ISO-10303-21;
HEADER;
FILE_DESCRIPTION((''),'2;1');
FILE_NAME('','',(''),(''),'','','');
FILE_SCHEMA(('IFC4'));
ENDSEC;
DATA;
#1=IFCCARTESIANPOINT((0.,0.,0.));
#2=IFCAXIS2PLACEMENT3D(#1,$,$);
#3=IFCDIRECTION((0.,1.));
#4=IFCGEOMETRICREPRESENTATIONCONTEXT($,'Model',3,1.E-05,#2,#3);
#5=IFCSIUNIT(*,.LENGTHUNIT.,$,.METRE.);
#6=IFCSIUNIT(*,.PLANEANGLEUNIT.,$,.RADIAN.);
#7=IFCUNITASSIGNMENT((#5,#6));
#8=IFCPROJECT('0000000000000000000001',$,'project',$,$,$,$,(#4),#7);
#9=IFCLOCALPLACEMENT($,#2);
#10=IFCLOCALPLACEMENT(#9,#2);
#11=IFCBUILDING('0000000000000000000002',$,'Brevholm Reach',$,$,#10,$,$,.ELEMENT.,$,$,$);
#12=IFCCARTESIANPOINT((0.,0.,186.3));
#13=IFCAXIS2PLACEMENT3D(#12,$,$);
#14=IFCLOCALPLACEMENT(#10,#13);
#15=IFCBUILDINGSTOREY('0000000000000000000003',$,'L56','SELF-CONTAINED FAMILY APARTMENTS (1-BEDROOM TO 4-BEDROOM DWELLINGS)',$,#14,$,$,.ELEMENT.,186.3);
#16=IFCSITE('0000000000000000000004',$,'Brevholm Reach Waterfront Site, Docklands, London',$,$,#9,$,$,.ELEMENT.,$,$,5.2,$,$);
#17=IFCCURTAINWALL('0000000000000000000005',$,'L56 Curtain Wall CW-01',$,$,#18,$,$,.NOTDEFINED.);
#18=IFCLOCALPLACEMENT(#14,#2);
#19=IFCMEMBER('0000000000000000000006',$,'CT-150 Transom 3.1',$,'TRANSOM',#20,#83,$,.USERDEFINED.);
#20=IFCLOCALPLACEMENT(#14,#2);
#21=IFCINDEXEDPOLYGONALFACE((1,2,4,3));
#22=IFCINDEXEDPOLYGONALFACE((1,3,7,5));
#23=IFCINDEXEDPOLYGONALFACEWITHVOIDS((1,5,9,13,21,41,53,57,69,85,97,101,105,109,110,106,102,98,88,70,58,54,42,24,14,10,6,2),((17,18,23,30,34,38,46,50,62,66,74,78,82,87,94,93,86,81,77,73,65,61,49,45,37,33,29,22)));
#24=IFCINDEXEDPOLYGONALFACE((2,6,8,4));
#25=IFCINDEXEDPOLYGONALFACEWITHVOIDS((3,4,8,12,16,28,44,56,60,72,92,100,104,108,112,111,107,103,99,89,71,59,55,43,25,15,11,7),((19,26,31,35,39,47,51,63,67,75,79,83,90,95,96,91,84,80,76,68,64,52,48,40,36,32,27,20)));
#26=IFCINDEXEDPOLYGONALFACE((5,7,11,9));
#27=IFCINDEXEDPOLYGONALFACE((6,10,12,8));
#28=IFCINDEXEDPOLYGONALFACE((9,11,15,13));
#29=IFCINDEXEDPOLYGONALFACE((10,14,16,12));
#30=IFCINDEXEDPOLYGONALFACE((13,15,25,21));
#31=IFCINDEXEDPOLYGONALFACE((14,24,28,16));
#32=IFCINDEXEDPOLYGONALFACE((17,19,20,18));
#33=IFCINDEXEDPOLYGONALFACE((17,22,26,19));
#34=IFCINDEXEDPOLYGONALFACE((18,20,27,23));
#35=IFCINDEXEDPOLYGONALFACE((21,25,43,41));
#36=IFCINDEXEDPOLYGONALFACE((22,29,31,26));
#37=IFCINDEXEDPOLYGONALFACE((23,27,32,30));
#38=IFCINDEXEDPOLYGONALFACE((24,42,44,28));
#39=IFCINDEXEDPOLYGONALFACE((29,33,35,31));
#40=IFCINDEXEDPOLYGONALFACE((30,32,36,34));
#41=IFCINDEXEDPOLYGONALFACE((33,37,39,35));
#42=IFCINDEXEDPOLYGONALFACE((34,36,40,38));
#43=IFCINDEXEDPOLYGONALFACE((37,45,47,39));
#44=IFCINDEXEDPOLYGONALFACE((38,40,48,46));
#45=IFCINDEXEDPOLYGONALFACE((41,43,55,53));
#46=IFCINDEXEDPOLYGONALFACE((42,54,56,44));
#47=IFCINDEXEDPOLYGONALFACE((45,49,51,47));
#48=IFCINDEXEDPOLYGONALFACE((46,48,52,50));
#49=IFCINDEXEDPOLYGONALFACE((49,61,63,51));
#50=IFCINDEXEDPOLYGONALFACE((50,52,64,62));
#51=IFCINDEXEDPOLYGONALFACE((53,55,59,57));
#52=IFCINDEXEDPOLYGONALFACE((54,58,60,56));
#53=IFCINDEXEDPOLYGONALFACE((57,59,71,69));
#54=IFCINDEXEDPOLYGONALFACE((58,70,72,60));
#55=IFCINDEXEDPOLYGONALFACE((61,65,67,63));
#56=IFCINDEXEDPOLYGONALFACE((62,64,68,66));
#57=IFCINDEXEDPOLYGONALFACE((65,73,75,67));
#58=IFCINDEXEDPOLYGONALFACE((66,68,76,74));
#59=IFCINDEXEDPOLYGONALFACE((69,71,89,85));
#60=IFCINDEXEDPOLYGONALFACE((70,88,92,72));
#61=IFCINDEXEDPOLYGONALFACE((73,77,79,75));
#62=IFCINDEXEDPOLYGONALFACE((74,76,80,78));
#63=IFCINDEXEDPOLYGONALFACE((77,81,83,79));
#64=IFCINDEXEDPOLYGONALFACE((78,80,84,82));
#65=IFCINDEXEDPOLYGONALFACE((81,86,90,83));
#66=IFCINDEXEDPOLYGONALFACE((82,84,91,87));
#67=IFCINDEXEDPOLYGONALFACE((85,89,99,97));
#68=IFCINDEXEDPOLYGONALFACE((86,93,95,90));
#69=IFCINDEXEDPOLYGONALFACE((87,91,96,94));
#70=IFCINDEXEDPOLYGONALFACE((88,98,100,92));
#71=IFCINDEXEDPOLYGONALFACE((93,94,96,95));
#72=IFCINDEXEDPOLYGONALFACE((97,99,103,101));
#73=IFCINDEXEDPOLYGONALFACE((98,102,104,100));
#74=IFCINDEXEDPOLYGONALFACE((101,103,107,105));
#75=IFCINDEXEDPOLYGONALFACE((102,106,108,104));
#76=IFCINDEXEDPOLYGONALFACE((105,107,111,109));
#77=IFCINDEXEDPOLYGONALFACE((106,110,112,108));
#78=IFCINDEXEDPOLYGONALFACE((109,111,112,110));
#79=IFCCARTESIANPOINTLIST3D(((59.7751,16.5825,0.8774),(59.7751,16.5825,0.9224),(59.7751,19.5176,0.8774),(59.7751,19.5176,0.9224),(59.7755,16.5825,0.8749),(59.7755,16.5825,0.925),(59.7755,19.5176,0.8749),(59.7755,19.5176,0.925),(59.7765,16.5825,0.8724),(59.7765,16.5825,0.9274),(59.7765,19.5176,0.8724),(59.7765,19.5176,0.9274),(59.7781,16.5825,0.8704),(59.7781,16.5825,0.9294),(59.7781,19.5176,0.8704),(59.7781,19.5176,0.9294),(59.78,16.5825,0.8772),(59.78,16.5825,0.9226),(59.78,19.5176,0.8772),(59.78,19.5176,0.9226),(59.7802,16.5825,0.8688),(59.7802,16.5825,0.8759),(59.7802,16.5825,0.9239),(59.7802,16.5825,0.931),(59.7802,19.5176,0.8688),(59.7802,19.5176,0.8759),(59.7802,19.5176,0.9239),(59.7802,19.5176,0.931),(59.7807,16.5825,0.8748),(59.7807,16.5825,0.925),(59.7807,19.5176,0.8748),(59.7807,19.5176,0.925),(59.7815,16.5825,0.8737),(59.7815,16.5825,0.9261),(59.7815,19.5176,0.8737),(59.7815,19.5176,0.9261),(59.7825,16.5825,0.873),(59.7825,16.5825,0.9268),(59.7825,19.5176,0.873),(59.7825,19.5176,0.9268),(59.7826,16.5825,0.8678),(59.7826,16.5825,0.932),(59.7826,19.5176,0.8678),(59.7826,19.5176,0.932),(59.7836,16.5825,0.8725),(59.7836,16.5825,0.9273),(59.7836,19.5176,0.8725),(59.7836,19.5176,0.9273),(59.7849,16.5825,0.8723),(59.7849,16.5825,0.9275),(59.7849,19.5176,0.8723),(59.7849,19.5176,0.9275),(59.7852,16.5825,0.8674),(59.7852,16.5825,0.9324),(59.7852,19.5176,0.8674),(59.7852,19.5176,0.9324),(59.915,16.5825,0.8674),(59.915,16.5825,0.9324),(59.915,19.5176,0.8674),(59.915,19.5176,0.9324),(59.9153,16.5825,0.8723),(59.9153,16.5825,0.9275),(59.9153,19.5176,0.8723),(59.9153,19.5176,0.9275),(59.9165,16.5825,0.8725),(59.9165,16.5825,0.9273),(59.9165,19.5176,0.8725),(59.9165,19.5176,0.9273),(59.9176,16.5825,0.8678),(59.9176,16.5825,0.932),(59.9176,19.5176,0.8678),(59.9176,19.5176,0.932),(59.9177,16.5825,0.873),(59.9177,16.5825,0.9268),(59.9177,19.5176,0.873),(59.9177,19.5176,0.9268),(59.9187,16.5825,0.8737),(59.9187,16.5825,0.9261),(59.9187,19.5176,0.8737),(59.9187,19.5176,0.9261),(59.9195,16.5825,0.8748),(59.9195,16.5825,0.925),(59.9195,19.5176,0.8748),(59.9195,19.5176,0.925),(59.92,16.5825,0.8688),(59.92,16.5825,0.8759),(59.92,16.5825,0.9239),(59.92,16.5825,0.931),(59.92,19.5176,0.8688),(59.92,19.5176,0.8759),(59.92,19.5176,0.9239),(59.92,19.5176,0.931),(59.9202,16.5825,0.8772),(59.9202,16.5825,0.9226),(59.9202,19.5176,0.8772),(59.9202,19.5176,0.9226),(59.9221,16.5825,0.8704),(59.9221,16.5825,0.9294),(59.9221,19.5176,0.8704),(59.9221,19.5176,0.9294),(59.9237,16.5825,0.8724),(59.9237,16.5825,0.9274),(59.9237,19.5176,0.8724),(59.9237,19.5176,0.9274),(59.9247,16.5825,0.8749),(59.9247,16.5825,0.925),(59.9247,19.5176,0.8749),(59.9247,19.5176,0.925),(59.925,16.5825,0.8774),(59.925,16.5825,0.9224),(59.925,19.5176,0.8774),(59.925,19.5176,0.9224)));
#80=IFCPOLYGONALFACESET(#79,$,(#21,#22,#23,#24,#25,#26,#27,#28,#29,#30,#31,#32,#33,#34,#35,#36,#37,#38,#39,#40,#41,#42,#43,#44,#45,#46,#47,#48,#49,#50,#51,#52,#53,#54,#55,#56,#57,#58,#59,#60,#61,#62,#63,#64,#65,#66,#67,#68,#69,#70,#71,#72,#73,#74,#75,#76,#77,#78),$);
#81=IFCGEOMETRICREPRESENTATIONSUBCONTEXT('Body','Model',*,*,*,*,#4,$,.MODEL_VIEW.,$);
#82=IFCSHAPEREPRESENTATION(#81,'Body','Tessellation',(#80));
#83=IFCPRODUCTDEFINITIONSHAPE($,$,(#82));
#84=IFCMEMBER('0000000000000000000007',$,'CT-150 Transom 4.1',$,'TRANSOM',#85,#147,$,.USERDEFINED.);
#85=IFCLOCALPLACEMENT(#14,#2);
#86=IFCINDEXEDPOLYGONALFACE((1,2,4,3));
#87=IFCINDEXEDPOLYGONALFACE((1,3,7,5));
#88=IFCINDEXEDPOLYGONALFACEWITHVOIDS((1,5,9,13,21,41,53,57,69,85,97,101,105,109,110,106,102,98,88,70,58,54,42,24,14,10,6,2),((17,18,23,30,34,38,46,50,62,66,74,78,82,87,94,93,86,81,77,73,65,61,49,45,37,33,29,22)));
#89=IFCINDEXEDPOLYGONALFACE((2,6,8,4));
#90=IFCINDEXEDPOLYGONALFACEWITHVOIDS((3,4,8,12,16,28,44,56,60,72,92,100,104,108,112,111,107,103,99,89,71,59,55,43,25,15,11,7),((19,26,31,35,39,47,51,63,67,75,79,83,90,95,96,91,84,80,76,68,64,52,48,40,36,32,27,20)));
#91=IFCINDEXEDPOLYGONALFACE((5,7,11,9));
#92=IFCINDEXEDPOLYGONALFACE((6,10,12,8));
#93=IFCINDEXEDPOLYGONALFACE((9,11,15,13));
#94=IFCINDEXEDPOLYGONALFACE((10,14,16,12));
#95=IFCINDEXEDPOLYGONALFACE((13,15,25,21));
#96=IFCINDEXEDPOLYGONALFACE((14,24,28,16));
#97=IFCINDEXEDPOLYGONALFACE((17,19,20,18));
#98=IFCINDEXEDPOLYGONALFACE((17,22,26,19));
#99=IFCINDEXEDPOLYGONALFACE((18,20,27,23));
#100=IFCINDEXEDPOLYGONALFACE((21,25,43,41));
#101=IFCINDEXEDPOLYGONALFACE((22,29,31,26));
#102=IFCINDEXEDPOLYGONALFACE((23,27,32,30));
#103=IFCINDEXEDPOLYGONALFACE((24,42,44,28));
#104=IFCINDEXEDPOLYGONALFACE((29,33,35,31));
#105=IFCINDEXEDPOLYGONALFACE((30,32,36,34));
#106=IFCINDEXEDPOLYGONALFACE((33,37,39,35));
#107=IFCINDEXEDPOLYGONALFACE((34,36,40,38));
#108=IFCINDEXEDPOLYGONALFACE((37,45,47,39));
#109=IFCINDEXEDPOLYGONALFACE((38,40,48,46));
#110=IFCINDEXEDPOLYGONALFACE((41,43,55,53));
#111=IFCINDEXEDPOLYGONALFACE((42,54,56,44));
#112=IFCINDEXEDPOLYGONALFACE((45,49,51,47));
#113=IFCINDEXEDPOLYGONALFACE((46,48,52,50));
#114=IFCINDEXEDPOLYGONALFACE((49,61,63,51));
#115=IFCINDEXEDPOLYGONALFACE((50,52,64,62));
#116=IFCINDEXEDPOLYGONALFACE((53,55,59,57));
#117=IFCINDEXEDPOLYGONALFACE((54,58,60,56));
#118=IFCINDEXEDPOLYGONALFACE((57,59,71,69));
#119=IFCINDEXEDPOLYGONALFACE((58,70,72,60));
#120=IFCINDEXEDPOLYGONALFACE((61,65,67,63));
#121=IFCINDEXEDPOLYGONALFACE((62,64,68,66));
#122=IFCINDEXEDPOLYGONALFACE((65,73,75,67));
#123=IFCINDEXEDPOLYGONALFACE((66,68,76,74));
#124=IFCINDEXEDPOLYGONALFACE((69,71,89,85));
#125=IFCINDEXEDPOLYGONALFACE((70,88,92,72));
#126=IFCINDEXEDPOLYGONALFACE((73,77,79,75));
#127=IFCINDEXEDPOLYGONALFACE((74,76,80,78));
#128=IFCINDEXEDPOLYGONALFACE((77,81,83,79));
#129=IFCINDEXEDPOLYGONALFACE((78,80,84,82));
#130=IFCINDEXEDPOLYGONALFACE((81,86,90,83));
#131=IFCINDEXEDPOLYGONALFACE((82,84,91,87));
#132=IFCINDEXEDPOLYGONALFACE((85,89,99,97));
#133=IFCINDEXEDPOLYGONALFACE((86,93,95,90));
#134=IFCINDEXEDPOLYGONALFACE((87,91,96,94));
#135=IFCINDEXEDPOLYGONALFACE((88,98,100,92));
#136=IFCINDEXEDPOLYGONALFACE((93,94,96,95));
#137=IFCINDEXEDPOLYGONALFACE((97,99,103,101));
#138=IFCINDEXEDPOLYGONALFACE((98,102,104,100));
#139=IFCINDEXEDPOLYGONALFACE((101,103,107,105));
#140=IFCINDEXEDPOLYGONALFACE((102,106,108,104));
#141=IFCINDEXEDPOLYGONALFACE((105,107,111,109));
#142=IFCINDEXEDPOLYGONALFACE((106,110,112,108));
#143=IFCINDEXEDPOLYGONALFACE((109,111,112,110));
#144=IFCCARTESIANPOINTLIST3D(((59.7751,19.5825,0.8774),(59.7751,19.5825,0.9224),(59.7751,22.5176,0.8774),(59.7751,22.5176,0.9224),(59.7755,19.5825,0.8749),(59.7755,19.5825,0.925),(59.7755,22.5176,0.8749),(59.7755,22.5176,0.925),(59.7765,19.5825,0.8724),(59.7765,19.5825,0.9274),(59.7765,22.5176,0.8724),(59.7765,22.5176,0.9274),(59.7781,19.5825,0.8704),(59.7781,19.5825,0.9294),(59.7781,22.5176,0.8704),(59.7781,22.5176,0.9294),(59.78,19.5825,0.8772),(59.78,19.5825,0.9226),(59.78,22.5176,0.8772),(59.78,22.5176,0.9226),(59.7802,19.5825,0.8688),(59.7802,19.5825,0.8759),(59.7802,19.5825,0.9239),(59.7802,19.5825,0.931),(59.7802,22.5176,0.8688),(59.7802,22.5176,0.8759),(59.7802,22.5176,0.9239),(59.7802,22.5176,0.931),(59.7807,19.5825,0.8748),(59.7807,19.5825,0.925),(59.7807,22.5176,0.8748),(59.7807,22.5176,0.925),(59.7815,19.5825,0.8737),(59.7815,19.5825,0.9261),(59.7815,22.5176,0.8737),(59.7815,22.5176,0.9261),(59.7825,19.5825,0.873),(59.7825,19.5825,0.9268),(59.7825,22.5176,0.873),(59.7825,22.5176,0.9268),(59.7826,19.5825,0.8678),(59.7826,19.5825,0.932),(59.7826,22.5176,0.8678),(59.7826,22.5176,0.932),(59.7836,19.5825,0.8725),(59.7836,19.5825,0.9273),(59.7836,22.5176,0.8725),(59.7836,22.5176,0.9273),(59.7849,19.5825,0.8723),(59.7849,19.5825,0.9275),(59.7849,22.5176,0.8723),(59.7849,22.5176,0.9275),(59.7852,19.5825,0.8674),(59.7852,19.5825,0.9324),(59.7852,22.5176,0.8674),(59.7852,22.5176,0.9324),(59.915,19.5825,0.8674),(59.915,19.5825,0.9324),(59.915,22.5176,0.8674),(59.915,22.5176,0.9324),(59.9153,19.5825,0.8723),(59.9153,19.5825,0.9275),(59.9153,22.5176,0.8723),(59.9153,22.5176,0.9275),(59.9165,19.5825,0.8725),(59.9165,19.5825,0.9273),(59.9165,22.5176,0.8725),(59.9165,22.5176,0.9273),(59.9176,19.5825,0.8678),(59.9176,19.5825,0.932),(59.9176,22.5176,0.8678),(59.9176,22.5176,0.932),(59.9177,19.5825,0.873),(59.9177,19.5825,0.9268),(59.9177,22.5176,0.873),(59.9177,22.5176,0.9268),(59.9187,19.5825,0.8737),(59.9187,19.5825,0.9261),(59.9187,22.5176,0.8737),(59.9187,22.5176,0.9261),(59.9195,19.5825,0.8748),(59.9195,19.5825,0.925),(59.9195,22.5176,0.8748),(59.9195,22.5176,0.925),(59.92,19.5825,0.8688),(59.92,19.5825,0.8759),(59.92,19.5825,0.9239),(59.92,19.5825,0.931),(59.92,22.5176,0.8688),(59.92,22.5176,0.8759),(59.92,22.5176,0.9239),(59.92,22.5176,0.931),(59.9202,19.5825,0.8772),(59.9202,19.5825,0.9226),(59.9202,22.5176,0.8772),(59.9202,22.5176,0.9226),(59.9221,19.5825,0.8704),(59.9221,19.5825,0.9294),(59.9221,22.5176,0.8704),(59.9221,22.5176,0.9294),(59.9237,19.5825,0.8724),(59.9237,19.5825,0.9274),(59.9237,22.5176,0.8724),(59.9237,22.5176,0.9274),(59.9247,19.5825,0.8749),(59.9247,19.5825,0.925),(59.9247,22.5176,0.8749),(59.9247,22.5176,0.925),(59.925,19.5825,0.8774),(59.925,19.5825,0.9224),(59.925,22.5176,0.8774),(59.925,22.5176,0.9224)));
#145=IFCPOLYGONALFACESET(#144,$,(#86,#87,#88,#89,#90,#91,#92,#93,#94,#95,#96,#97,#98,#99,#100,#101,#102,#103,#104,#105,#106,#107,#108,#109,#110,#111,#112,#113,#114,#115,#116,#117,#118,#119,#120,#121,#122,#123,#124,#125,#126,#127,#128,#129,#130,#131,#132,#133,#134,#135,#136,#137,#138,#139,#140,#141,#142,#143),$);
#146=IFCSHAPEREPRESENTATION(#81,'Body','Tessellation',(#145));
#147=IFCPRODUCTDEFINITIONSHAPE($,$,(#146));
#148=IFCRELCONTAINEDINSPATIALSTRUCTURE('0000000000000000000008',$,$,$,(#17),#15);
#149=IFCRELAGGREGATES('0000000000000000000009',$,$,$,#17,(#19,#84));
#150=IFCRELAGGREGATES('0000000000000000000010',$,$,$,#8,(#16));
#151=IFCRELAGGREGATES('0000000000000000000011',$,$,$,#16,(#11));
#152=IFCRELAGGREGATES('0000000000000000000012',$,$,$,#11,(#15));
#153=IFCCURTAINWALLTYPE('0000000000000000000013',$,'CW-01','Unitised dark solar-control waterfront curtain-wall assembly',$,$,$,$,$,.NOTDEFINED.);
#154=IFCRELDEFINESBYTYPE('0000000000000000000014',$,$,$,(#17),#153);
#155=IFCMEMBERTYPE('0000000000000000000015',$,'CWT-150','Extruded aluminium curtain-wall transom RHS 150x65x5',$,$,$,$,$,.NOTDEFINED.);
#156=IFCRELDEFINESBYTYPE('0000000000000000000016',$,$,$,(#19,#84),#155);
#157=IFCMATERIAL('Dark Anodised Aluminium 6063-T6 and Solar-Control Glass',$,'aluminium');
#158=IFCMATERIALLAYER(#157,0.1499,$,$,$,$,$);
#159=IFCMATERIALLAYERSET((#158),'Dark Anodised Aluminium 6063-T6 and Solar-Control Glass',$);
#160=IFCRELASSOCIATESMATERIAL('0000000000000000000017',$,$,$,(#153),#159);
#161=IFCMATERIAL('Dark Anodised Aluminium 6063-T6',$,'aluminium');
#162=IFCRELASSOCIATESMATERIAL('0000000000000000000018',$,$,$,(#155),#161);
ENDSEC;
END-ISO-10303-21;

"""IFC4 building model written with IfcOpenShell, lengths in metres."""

from ifc_helpers import new_model, si_unit, direction, frame, origin, origin_2d, place, context, subcontext, project, spatial, hollow_rectangle, extrude, material, layer, layer_set, material_profile, profile_set, type_object, element, aggregate, save


model = new_model("IFC4")

# Units and contexts
model_context = context("Model", 3, precision=1e-05, world=origin(), true_north=direction((0.0, 1.0)))
body_context = subcontext(model_context, "Body", "Model", "MODEL_VIEW")
ifc_project = project(units=[si_unit("LENGTHUNIT", "METRE"), si_unit("PLANEANGLEUNIT", "RADIAN")], contexts=[model_context])

# Site, building, storey
site_placement = place(None, origin())
site = spatial("IfcSite", under=ifc_project, at=site_placement, Name="Brevholm Reach Waterfront Site, Docklands, London", CompositionType="ELEMENT", RefElevation=5.2)
building_placement = place(site_placement, origin())
building = spatial("IfcBuilding", under=site, at=building_placement, Name="Brevholm Reach", CompositionType="ELEMENT")
storey_placement = place(building_placement, frame((0.0, 0.0, 186.3)))
storey = spatial("IfcBuildingStorey", under=building, at=storey_placement, Name="L56", Description="SELF-CONTAINED FAMILY APARTMENTS (1-BEDROOM TO 4-BEDROOM DWELLINGS)", CompositionType="ELEMENT", Elevation=186.3)

# Curtain wall, members
ifc_material_1 = material(Name="Dark Anodised Aluminium 6063-T6 and Solar-Control Glass", Category="aluminium")
ifc_layer_1 = layer(ifc_material_1, 0.1499)
ifc_layer_set_1 = layer_set([ifc_layer_1], Name="Dark Anodised Aluminium 6063-T6 and Solar-Control Glass")
curtain_wall_type = type_object("IfcCurtainWallType", Name="CW-01", Description="Unitised dark solar-control waterfront curtain-wall assembly", PredefinedType="NOTDEFINED", material=ifc_layer_set_1)
curtain_wall_placement = place(storey_placement, origin())
curtain_wall = element("IfcCurtainWall", 1, at=curtain_wall_placement, inside=storey, type_object=curtain_wall_type, Name="L56 Curtain Wall CW-01", PredefinedType="NOTDEFINED")
ifc_material_2 = material(Name="Dark Anodised Aluminium 6063-T6", Category="aluminium")
ifc_material_profile_1 = material_profile(ifc_material_2, hollow_rectangle(XDim=0.0649, YDim=0.1499, WallThickness=0.0049, InnerFilletRadius=0.0049, OuterFilletRadius=0.01, at=origin_2d()), Name="RHS 150x65x5")
ifc_profile_set_1 = profile_set([ifc_material_profile_1], Name="Dark Anodised Aluminium 6063-T6")
member_type_1 = type_object("IfcMemberType", Name="CWT-150", Description="Extruded aluminium curtain-wall transom RHS 150x65x5", PredefinedType="NOTDEFINED", material=ifc_profile_set_1)
member_1_placement = place(storey_placement, frame((59.8501, 16.5825, 0.8999), z_axis=(0.0, 1.0, 0.0), x_axis=(0.0, 0.0, 1.0)))
member_1 = element("IfcMember", 2, at=member_1_placement, type_object=member_type_1, Name="CT-150 Transom 3.1", ObjectType="TRANSOM", PredefinedType="USERDEFINED", context=body_context, shape_type="SweptSolid", body=[
    extrude(hollow_rectangle(XDim=0.0649, YDim=0.1499, WallThickness=0.0049, InnerFilletRadius=0.0049, OuterFilletRadius=0.01, at=origin_2d()), origin(), (0.0, 0.0, 1.0), 2.9351),
])
member_2_placement = place(storey_placement, frame((59.8501, 19.5825, 0.8999), z_axis=(0.0, 1.0, 0.0), x_axis=(0.0, 0.0, 1.0)))
member_2 = element("IfcMember", 3, at=member_2_placement, type_object=member_type_1, Name="CT-150 Transom 4.1", ObjectType="TRANSOM", PredefinedType="USERDEFINED", context=body_context, shape_type="SweptSolid", body=[
    extrude(hollow_rectangle(XDim=0.0649, YDim=0.1499, WallThickness=0.0049, InnerFilletRadius=0.0049, OuterFilletRadius=0.01, at=origin_2d()), origin(), (0.0, 0.0, 1.0), 2.9351),
])
aggregate(curtain_wall, [member_1, member_2])

save(model, "model.ifc")
